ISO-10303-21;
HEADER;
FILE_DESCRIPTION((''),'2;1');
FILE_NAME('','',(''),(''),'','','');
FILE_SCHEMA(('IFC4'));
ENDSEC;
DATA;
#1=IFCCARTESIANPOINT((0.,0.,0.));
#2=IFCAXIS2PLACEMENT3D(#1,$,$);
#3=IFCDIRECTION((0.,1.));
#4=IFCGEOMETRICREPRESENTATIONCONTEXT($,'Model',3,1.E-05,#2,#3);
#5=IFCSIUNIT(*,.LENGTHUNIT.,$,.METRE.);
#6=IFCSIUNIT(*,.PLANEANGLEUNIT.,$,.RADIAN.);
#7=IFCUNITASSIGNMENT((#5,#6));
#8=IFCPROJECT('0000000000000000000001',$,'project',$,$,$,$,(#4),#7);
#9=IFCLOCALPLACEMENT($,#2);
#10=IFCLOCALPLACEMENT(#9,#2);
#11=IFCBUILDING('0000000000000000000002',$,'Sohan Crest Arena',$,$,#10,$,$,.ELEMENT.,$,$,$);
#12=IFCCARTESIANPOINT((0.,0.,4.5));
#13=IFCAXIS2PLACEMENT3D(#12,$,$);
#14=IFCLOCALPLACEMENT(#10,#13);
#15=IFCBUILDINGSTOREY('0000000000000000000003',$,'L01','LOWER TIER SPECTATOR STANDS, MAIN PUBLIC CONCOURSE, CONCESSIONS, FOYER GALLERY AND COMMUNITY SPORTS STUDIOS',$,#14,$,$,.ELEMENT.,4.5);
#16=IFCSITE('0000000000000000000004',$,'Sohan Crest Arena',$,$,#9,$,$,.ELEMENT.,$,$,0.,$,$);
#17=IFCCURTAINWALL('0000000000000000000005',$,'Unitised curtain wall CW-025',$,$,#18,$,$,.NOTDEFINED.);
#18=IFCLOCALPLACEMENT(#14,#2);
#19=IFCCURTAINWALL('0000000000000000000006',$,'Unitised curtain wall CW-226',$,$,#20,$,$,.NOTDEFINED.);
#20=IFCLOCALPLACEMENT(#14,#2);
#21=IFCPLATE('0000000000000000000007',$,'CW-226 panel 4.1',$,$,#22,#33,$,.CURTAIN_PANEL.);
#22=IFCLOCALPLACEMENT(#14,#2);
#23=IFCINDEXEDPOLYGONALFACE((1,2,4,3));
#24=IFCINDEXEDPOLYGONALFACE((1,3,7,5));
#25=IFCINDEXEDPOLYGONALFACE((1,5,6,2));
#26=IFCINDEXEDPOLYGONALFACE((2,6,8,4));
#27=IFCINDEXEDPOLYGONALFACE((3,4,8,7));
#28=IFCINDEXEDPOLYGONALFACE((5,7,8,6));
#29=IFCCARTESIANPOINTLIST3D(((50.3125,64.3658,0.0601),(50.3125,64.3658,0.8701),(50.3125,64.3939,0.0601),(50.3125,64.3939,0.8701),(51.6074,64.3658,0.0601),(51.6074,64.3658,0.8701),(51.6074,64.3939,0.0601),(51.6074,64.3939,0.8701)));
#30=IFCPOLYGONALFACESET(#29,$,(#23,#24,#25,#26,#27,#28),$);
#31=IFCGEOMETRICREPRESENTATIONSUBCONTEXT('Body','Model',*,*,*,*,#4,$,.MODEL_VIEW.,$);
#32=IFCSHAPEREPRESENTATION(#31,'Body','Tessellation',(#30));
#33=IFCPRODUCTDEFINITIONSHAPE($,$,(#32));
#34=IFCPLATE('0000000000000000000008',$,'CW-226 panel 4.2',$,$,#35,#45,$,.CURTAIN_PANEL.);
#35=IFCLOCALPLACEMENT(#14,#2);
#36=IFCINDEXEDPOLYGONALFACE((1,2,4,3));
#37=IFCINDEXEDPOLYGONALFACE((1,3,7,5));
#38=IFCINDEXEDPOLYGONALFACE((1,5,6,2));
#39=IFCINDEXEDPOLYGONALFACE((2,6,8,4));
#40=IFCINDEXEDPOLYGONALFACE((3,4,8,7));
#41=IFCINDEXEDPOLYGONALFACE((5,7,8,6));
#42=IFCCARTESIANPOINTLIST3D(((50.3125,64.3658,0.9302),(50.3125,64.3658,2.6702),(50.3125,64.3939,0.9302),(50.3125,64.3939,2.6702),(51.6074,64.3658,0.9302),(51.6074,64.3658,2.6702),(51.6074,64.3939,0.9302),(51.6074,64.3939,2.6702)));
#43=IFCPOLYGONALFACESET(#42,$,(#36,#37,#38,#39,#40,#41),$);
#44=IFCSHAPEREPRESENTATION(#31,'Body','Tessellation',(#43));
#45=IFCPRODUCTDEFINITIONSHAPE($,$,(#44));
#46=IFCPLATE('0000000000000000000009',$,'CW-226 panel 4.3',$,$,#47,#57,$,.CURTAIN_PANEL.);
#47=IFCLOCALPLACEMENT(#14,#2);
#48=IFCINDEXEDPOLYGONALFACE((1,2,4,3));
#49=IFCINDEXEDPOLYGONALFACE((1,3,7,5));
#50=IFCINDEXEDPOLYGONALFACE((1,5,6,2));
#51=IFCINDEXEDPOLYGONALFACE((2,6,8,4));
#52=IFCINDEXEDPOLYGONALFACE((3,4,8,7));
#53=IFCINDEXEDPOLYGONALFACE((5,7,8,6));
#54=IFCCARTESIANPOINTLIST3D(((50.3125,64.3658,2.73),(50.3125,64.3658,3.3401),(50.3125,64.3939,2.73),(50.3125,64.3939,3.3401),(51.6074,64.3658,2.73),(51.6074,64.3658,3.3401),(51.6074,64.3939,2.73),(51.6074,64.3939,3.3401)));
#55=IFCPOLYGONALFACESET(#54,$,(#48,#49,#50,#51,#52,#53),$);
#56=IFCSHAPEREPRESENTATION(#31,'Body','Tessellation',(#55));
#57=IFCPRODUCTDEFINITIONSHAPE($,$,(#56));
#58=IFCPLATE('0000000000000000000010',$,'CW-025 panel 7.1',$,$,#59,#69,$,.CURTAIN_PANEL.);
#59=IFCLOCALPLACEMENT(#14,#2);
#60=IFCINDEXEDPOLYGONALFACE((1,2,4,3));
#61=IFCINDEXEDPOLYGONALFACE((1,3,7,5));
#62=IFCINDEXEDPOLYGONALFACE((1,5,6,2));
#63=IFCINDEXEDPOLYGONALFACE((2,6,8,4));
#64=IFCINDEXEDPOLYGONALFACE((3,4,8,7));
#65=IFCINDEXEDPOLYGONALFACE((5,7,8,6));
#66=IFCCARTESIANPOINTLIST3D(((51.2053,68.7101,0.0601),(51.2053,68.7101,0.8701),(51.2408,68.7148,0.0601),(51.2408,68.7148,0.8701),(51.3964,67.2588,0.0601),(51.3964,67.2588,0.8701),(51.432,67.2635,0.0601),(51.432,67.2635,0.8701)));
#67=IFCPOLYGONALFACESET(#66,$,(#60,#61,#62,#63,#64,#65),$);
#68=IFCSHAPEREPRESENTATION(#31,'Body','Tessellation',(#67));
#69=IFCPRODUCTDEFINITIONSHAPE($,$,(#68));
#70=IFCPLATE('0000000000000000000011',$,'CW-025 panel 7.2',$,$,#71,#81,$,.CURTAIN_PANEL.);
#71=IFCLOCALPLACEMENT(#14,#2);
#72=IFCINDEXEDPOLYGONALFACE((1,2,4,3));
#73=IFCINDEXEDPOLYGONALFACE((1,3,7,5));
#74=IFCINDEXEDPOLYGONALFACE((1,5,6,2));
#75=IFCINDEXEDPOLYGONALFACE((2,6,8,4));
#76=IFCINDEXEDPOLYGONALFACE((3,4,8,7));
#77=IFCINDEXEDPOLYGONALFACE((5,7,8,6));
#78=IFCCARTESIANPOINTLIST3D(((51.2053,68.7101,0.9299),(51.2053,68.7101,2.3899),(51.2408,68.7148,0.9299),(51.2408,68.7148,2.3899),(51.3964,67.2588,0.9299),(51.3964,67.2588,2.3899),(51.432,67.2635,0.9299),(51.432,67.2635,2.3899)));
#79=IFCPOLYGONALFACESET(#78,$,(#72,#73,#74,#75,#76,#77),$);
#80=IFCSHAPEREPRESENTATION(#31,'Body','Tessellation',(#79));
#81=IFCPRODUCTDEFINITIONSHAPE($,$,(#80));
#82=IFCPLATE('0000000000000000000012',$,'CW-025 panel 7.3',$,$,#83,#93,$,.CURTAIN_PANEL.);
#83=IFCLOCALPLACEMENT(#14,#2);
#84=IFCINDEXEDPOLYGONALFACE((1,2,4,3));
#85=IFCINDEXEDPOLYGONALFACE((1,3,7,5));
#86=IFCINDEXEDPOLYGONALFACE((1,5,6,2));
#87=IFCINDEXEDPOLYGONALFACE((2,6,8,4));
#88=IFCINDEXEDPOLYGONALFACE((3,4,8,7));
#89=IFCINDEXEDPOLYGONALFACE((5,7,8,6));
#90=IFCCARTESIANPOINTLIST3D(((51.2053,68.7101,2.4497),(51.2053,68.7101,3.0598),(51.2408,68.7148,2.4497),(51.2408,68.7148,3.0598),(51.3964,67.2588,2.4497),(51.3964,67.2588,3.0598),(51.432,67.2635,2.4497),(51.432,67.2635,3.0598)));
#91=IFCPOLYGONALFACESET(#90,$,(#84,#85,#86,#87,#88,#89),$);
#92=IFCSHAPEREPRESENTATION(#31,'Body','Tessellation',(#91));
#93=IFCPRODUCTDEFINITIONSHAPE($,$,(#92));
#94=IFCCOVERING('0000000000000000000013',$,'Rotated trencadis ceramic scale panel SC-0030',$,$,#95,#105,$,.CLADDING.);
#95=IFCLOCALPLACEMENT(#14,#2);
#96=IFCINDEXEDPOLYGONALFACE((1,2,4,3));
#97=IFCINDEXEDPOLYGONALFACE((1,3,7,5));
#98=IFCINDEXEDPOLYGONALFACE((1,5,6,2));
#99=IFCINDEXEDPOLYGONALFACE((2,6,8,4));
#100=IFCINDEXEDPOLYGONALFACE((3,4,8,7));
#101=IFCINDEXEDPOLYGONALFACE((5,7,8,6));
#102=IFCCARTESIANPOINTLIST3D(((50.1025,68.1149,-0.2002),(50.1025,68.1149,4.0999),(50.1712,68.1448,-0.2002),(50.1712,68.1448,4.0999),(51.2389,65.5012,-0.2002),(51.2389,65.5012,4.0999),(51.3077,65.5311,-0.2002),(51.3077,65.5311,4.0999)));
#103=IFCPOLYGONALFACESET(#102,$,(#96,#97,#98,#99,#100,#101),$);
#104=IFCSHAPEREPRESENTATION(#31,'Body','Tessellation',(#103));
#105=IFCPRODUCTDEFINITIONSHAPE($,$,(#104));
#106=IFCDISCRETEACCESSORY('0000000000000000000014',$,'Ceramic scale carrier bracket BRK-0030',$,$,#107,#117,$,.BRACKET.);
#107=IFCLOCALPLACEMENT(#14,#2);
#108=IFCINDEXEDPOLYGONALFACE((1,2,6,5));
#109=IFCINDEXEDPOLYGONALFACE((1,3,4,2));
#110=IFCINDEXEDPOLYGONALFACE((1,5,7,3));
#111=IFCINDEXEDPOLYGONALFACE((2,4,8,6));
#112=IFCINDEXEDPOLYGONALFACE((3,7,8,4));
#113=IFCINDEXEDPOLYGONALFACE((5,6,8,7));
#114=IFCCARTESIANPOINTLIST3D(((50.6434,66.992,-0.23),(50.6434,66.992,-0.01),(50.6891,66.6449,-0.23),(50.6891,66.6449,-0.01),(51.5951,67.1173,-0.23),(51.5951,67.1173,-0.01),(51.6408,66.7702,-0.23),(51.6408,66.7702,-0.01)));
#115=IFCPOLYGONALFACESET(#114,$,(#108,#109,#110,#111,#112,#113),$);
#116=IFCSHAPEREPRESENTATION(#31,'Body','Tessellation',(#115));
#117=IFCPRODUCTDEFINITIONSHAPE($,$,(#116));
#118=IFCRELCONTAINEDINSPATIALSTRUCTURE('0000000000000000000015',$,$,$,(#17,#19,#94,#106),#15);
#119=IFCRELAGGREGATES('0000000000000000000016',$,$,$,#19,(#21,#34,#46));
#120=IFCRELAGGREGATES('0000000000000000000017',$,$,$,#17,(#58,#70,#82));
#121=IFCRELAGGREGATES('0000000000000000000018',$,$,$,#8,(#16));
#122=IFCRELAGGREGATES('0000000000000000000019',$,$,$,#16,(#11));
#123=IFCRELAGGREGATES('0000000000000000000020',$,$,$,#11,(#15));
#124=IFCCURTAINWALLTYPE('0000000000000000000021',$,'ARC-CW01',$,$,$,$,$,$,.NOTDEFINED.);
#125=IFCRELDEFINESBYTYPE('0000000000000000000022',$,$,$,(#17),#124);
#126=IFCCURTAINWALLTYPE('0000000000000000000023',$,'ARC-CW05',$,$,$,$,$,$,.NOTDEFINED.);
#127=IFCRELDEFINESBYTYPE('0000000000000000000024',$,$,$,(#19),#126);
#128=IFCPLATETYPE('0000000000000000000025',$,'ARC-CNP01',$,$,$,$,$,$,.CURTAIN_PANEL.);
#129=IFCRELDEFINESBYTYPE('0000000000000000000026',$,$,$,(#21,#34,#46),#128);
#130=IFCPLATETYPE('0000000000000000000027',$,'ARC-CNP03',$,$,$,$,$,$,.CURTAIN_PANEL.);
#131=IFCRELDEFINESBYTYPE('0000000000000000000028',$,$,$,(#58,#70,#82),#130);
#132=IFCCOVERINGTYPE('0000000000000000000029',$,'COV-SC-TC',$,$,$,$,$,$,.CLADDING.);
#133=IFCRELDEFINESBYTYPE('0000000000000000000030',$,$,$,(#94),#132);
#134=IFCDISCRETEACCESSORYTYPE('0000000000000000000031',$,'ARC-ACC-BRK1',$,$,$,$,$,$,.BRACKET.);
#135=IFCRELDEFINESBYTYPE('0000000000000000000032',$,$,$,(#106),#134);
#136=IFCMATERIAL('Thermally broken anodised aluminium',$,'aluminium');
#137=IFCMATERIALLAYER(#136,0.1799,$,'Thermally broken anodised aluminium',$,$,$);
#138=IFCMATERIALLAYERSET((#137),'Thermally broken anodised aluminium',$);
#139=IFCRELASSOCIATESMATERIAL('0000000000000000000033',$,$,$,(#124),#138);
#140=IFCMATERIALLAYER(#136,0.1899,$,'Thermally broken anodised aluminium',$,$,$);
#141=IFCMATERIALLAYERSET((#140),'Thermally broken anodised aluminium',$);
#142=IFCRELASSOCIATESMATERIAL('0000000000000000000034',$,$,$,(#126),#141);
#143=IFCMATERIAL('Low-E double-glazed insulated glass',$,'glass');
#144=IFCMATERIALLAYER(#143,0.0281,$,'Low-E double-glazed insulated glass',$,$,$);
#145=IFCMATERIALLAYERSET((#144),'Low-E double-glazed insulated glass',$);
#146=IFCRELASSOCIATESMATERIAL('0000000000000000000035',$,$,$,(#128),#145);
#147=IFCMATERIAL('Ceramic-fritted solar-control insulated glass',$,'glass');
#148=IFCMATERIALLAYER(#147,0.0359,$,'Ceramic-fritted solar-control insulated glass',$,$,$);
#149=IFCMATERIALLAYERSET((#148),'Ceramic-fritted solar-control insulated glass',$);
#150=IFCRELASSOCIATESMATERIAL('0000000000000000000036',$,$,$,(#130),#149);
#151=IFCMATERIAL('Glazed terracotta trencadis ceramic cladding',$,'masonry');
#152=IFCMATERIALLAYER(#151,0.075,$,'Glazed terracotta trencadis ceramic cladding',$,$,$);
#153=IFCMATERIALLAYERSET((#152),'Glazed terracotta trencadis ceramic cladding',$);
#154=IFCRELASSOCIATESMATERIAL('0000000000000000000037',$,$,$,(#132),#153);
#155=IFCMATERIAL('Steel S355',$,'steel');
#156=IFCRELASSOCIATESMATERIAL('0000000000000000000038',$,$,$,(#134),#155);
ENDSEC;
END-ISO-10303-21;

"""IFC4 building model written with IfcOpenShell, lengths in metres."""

from ifc_helpers import new_model, si_unit, direction, frame, origin, origin_2d, place, context, subcontext, project, spatial, rectangle, extrude, material, layer, layer_set, type_object, element, aggregate, save


model = new_model("IFC4")

# Units and contexts
model_context = context("Model", 3, precision=1e-05, world=origin(), true_north=direction((0.0, 1.0)))
body_context = subcontext(model_context, "Body", "Model", "MODEL_VIEW")
ifc_project = project(units=[si_unit("LENGTHUNIT", "METRE"), si_unit("PLANEANGLEUNIT", "RADIAN")], contexts=[model_context])

# Site, building, storey
site_placement = place(None, origin())
site = spatial("IfcSite", under=ifc_project, at=site_placement, Name="Sohan Crest Arena", CompositionType="ELEMENT", RefElevation=0.0)
building_placement = place(site_placement, origin())
building = spatial("IfcBuilding", under=site, at=building_placement, Name="Sohan Crest Arena", CompositionType="ELEMENT")
storey_placement = place(building_placement, frame((0.0, 0.0, 4.5)))
storey = spatial("IfcBuildingStorey", under=building, at=storey_placement, Name="L01", Description="LOWER TIER SPECTATOR STANDS, MAIN PUBLIC CONCOURSE, CONCESSIONS, FOYER GALLERY AND COMMUNITY SPORTS STUDIOS", CompositionType="ELEMENT", Elevation=4.5)

# Curtain wall
ifc_material_1 = material(Name="Thermally broken anodised aluminium", Category="aluminium")
ifc_layer_1 = layer(ifc_material_1, 0.1799, Name="Thermally broken anodised aluminium")
ifc_layer_set_1 = layer_set([ifc_layer_1], Name="Thermally broken anodised aluminium")
curtain_wall_type_1 = type_object("IfcCurtainWallType", Name="ARC-CW01", PredefinedType="NOTDEFINED", material=ifc_layer_set_1)
curtain_wall_1_placement = place(storey_placement, origin())
curtain_wall_1 = element("IfcCurtainWall", 1, at=curtain_wall_1_placement, inside=storey, type_object=curtain_wall_type_1, Name="Unitised curtain wall CW-025", PredefinedType="NOTDEFINED")

# Shared definitions
ifc_material_2 = material(Name="Steel S355", Category="steel")

# Curtain wall, plates
ifc_layer_2 = layer(ifc_material_1, 0.1899, Name="Thermally broken anodised aluminium")
ifc_layer_set_2 = layer_set([ifc_layer_2], Name="Thermally broken anodised aluminium")
curtain_wall_type_2 = type_object("IfcCurtainWallType", Name="ARC-CW05", PredefinedType="NOTDEFINED", material=ifc_layer_set_2)
curtain_wall_2_placement = place(storey_placement, origin())
curtain_wall_2 = element("IfcCurtainWall", 2, at=curtain_wall_2_placement, inside=storey, type_object=curtain_wall_type_2, Name="Unitised curtain wall CW-226", PredefinedType="NOTDEFINED")
ifc_material_3 = material(Name="Low-E double-glazed insulated glass", Category="glass")
ifc_layer_3 = layer(ifc_material_3, 0.0281, Name="Low-E double-glazed insulated glass")
ifc_layer_set_3 = layer_set([ifc_layer_3], Name="Low-E double-glazed insulated glass")
plate_type_1 = type_object("IfcPlateType", Name="ARC-CNP01", PredefinedType="CURTAIN_PANEL", material=ifc_layer_set_3)
plate_1_placement = place(storey_placement, frame((50.96, 64.3799, 0.0601), z_axis=(0.0, 0.0, 1.0), x_axis=(1.0, 0.0, 0.0)))
plate_1 = element("IfcPlate", 3, at=plate_1_placement, type_object=plate_type_1, Name="CW-226 panel 4.1", PredefinedType="CURTAIN_PANEL", context=body_context, shape_type="SweptSolid", body=[
    extrude(rectangle(XDim=1.2949, YDim=0.0281, at=origin_2d()), origin(), (0.0, 0.0, 1.0), 0.8101),
])
plate_2_placement = place(storey_placement, frame((50.96, 64.3799, 0.9302), z_axis=(0.0, 0.0, 1.0), x_axis=(1.0, 0.0, 0.0)))
plate_2 = element("IfcPlate", 4, at=plate_2_placement, type_object=plate_type_1, Name="CW-226 panel 4.2", PredefinedType="CURTAIN_PANEL", context=body_context, shape_type="SweptSolid", body=[
    extrude(rectangle(XDim=1.2949, YDim=0.0281, at=origin_2d()), origin(), (0.0, 0.0, 1.0), 1.74),
])
plate_3_placement = place(storey_placement, frame((50.96, 64.3799, 2.73), z_axis=(0.0, 0.0, 1.0), x_axis=(1.0, 0.0, 0.0)))
plate_3 = element("IfcPlate", 5, at=plate_3_placement, type_object=plate_type_1, Name="CW-226 panel 4.3", PredefinedType="CURTAIN_PANEL", context=body_context, shape_type="SweptSolid", body=[
    extrude(rectangle(XDim=1.2949, YDim=0.0281, at=origin_2d()), origin(), (0.0, 0.0, 1.0), 0.6101),
])
aggregate(curtain_wall_2, [plate_1, plate_2, plate_3])

# Plates
ifc_material_4 = material(Name="Ceramic-fritted solar-control insulated glass", Category="glass")
ifc_layer_4 = layer(ifc_material_4, 0.0359, Name="Ceramic-fritted solar-control insulated glass")
ifc_layer_set_4 = layer_set([ifc_layer_4], Name="Ceramic-fritted solar-control insulated glass")
plate_type_2 = type_object("IfcPlateType", Name="ARC-CNP03", PredefinedType="CURTAIN_PANEL", material=ifc_layer_set_4)
plate_4_placement = place(storey_placement, frame((51.3186, 67.9868, 0.0601), z_axis=(0.0, 0.0, 1.0), x_axis=(0.130562, -0.99144, 0.0)))
plate_4 = element("IfcPlate", 6, at=plate_4_placement, type_object=plate_type_2, Name="CW-025 panel 7.1", PredefinedType="CURTAIN_PANEL", context=body_context, shape_type="SweptSolid", body=[
    extrude(rectangle(XDim=1.4639, YDim=0.0359, at=origin_2d()), origin(), (0.0, 0.0, 1.0), 0.8101),
])
plate_5_placement = place(storey_placement, frame((51.3186, 67.9868, 0.9299), z_axis=(0.0, 0.0, 1.0), x_axis=(0.130562, -0.99144, 0.0)))
plate_5 = element("IfcPlate", 7, at=plate_5_placement, type_object=plate_type_2, Name="CW-025 panel 7.2", PredefinedType="CURTAIN_PANEL", context=body_context, shape_type="SweptSolid", body=[
    extrude(rectangle(XDim=1.4639, YDim=0.0359, at=origin_2d()), origin(), (0.0, 0.0, 1.0), 1.46),
])
plate_6_placement = place(storey_placement, frame((51.3186, 67.9868, 2.4497), z_axis=(0.0, 0.0, 1.0), x_axis=(0.130562, -0.99144, 0.0)))
plate_6 = element("IfcPlate", 8, at=plate_6_placement, type_object=plate_type_2, Name="CW-025 panel 7.3", PredefinedType="CURTAIN_PANEL", context=body_context, shape_type="SweptSolid", body=[
    extrude(rectangle(XDim=1.4639, YDim=0.0359, at=origin_2d()), origin(), (0.0, 0.0, 1.0), 0.6101),
])
aggregate(curtain_wall_1, [plate_4, plate_5, plate_6])

# Covering
ifc_material_5 = material(Name="Glazed terracotta trencadis ceramic cladding", Category="masonry")
ifc_layer_5 = layer(ifc_material_5, 0.075, Name="Glazed terracotta trencadis ceramic cladding")
ifc_layer_set_5 = layer_set([ifc_layer_5], Name="Glazed terracotta trencadis ceramic cladding")
covering_type = type_object("IfcCoveringType", Name="COV-SC-TC", PredefinedType="CLADDING", material=ifc_layer_set_5)
covering_placement = place(storey_placement, frame((50.7051, 66.823, -0.2002), z_axis=(0.0, 0.0, 1.0), x_axis=(0.398749, -0.91706, 0.0)))
element("IfcCovering", 9, at=covering_placement, inside=storey, type_object=covering_type, Name="Rotated trencadis ceramic scale panel SC-0030", PredefinedType="CLADDING", context=body_context, shape_type="SweptSolid", body=[
    extrude(rectangle(XDim=2.8501, YDim=0.075, at=origin_2d()), origin(), (0.0, 0.0, 1.0), 4.3),
])

# Discrete accessory
discrete_accessory_type = type_object("IfcDiscreteAccessoryType", Name="ARC-ACC-BRK1", PredefinedType="BRACKET", material=ifc_material_2)
discrete_accessory_placement = place(storey_placement, frame((51.1421, 66.8811, -0.23), z_axis=(0.0, 0.0, 1.0), x_axis=(0.130526, -0.991445, 0.0)))
element("IfcDiscreteAccessory", 10, at=discrete_accessory_placement, inside=storey, type_object=discrete_accessory_type, Name="Ceramic scale carrier bracket BRK-0030", PredefinedType="BRACKET", context=body_context, shape_type="SweptSolid", body=[
    extrude(rectangle(XDim=0.3501, YDim=0.96, at=origin_2d()), origin(), (0.0, 0.0, 1.0), 0.22),
])

save(model, "model.ifc")
